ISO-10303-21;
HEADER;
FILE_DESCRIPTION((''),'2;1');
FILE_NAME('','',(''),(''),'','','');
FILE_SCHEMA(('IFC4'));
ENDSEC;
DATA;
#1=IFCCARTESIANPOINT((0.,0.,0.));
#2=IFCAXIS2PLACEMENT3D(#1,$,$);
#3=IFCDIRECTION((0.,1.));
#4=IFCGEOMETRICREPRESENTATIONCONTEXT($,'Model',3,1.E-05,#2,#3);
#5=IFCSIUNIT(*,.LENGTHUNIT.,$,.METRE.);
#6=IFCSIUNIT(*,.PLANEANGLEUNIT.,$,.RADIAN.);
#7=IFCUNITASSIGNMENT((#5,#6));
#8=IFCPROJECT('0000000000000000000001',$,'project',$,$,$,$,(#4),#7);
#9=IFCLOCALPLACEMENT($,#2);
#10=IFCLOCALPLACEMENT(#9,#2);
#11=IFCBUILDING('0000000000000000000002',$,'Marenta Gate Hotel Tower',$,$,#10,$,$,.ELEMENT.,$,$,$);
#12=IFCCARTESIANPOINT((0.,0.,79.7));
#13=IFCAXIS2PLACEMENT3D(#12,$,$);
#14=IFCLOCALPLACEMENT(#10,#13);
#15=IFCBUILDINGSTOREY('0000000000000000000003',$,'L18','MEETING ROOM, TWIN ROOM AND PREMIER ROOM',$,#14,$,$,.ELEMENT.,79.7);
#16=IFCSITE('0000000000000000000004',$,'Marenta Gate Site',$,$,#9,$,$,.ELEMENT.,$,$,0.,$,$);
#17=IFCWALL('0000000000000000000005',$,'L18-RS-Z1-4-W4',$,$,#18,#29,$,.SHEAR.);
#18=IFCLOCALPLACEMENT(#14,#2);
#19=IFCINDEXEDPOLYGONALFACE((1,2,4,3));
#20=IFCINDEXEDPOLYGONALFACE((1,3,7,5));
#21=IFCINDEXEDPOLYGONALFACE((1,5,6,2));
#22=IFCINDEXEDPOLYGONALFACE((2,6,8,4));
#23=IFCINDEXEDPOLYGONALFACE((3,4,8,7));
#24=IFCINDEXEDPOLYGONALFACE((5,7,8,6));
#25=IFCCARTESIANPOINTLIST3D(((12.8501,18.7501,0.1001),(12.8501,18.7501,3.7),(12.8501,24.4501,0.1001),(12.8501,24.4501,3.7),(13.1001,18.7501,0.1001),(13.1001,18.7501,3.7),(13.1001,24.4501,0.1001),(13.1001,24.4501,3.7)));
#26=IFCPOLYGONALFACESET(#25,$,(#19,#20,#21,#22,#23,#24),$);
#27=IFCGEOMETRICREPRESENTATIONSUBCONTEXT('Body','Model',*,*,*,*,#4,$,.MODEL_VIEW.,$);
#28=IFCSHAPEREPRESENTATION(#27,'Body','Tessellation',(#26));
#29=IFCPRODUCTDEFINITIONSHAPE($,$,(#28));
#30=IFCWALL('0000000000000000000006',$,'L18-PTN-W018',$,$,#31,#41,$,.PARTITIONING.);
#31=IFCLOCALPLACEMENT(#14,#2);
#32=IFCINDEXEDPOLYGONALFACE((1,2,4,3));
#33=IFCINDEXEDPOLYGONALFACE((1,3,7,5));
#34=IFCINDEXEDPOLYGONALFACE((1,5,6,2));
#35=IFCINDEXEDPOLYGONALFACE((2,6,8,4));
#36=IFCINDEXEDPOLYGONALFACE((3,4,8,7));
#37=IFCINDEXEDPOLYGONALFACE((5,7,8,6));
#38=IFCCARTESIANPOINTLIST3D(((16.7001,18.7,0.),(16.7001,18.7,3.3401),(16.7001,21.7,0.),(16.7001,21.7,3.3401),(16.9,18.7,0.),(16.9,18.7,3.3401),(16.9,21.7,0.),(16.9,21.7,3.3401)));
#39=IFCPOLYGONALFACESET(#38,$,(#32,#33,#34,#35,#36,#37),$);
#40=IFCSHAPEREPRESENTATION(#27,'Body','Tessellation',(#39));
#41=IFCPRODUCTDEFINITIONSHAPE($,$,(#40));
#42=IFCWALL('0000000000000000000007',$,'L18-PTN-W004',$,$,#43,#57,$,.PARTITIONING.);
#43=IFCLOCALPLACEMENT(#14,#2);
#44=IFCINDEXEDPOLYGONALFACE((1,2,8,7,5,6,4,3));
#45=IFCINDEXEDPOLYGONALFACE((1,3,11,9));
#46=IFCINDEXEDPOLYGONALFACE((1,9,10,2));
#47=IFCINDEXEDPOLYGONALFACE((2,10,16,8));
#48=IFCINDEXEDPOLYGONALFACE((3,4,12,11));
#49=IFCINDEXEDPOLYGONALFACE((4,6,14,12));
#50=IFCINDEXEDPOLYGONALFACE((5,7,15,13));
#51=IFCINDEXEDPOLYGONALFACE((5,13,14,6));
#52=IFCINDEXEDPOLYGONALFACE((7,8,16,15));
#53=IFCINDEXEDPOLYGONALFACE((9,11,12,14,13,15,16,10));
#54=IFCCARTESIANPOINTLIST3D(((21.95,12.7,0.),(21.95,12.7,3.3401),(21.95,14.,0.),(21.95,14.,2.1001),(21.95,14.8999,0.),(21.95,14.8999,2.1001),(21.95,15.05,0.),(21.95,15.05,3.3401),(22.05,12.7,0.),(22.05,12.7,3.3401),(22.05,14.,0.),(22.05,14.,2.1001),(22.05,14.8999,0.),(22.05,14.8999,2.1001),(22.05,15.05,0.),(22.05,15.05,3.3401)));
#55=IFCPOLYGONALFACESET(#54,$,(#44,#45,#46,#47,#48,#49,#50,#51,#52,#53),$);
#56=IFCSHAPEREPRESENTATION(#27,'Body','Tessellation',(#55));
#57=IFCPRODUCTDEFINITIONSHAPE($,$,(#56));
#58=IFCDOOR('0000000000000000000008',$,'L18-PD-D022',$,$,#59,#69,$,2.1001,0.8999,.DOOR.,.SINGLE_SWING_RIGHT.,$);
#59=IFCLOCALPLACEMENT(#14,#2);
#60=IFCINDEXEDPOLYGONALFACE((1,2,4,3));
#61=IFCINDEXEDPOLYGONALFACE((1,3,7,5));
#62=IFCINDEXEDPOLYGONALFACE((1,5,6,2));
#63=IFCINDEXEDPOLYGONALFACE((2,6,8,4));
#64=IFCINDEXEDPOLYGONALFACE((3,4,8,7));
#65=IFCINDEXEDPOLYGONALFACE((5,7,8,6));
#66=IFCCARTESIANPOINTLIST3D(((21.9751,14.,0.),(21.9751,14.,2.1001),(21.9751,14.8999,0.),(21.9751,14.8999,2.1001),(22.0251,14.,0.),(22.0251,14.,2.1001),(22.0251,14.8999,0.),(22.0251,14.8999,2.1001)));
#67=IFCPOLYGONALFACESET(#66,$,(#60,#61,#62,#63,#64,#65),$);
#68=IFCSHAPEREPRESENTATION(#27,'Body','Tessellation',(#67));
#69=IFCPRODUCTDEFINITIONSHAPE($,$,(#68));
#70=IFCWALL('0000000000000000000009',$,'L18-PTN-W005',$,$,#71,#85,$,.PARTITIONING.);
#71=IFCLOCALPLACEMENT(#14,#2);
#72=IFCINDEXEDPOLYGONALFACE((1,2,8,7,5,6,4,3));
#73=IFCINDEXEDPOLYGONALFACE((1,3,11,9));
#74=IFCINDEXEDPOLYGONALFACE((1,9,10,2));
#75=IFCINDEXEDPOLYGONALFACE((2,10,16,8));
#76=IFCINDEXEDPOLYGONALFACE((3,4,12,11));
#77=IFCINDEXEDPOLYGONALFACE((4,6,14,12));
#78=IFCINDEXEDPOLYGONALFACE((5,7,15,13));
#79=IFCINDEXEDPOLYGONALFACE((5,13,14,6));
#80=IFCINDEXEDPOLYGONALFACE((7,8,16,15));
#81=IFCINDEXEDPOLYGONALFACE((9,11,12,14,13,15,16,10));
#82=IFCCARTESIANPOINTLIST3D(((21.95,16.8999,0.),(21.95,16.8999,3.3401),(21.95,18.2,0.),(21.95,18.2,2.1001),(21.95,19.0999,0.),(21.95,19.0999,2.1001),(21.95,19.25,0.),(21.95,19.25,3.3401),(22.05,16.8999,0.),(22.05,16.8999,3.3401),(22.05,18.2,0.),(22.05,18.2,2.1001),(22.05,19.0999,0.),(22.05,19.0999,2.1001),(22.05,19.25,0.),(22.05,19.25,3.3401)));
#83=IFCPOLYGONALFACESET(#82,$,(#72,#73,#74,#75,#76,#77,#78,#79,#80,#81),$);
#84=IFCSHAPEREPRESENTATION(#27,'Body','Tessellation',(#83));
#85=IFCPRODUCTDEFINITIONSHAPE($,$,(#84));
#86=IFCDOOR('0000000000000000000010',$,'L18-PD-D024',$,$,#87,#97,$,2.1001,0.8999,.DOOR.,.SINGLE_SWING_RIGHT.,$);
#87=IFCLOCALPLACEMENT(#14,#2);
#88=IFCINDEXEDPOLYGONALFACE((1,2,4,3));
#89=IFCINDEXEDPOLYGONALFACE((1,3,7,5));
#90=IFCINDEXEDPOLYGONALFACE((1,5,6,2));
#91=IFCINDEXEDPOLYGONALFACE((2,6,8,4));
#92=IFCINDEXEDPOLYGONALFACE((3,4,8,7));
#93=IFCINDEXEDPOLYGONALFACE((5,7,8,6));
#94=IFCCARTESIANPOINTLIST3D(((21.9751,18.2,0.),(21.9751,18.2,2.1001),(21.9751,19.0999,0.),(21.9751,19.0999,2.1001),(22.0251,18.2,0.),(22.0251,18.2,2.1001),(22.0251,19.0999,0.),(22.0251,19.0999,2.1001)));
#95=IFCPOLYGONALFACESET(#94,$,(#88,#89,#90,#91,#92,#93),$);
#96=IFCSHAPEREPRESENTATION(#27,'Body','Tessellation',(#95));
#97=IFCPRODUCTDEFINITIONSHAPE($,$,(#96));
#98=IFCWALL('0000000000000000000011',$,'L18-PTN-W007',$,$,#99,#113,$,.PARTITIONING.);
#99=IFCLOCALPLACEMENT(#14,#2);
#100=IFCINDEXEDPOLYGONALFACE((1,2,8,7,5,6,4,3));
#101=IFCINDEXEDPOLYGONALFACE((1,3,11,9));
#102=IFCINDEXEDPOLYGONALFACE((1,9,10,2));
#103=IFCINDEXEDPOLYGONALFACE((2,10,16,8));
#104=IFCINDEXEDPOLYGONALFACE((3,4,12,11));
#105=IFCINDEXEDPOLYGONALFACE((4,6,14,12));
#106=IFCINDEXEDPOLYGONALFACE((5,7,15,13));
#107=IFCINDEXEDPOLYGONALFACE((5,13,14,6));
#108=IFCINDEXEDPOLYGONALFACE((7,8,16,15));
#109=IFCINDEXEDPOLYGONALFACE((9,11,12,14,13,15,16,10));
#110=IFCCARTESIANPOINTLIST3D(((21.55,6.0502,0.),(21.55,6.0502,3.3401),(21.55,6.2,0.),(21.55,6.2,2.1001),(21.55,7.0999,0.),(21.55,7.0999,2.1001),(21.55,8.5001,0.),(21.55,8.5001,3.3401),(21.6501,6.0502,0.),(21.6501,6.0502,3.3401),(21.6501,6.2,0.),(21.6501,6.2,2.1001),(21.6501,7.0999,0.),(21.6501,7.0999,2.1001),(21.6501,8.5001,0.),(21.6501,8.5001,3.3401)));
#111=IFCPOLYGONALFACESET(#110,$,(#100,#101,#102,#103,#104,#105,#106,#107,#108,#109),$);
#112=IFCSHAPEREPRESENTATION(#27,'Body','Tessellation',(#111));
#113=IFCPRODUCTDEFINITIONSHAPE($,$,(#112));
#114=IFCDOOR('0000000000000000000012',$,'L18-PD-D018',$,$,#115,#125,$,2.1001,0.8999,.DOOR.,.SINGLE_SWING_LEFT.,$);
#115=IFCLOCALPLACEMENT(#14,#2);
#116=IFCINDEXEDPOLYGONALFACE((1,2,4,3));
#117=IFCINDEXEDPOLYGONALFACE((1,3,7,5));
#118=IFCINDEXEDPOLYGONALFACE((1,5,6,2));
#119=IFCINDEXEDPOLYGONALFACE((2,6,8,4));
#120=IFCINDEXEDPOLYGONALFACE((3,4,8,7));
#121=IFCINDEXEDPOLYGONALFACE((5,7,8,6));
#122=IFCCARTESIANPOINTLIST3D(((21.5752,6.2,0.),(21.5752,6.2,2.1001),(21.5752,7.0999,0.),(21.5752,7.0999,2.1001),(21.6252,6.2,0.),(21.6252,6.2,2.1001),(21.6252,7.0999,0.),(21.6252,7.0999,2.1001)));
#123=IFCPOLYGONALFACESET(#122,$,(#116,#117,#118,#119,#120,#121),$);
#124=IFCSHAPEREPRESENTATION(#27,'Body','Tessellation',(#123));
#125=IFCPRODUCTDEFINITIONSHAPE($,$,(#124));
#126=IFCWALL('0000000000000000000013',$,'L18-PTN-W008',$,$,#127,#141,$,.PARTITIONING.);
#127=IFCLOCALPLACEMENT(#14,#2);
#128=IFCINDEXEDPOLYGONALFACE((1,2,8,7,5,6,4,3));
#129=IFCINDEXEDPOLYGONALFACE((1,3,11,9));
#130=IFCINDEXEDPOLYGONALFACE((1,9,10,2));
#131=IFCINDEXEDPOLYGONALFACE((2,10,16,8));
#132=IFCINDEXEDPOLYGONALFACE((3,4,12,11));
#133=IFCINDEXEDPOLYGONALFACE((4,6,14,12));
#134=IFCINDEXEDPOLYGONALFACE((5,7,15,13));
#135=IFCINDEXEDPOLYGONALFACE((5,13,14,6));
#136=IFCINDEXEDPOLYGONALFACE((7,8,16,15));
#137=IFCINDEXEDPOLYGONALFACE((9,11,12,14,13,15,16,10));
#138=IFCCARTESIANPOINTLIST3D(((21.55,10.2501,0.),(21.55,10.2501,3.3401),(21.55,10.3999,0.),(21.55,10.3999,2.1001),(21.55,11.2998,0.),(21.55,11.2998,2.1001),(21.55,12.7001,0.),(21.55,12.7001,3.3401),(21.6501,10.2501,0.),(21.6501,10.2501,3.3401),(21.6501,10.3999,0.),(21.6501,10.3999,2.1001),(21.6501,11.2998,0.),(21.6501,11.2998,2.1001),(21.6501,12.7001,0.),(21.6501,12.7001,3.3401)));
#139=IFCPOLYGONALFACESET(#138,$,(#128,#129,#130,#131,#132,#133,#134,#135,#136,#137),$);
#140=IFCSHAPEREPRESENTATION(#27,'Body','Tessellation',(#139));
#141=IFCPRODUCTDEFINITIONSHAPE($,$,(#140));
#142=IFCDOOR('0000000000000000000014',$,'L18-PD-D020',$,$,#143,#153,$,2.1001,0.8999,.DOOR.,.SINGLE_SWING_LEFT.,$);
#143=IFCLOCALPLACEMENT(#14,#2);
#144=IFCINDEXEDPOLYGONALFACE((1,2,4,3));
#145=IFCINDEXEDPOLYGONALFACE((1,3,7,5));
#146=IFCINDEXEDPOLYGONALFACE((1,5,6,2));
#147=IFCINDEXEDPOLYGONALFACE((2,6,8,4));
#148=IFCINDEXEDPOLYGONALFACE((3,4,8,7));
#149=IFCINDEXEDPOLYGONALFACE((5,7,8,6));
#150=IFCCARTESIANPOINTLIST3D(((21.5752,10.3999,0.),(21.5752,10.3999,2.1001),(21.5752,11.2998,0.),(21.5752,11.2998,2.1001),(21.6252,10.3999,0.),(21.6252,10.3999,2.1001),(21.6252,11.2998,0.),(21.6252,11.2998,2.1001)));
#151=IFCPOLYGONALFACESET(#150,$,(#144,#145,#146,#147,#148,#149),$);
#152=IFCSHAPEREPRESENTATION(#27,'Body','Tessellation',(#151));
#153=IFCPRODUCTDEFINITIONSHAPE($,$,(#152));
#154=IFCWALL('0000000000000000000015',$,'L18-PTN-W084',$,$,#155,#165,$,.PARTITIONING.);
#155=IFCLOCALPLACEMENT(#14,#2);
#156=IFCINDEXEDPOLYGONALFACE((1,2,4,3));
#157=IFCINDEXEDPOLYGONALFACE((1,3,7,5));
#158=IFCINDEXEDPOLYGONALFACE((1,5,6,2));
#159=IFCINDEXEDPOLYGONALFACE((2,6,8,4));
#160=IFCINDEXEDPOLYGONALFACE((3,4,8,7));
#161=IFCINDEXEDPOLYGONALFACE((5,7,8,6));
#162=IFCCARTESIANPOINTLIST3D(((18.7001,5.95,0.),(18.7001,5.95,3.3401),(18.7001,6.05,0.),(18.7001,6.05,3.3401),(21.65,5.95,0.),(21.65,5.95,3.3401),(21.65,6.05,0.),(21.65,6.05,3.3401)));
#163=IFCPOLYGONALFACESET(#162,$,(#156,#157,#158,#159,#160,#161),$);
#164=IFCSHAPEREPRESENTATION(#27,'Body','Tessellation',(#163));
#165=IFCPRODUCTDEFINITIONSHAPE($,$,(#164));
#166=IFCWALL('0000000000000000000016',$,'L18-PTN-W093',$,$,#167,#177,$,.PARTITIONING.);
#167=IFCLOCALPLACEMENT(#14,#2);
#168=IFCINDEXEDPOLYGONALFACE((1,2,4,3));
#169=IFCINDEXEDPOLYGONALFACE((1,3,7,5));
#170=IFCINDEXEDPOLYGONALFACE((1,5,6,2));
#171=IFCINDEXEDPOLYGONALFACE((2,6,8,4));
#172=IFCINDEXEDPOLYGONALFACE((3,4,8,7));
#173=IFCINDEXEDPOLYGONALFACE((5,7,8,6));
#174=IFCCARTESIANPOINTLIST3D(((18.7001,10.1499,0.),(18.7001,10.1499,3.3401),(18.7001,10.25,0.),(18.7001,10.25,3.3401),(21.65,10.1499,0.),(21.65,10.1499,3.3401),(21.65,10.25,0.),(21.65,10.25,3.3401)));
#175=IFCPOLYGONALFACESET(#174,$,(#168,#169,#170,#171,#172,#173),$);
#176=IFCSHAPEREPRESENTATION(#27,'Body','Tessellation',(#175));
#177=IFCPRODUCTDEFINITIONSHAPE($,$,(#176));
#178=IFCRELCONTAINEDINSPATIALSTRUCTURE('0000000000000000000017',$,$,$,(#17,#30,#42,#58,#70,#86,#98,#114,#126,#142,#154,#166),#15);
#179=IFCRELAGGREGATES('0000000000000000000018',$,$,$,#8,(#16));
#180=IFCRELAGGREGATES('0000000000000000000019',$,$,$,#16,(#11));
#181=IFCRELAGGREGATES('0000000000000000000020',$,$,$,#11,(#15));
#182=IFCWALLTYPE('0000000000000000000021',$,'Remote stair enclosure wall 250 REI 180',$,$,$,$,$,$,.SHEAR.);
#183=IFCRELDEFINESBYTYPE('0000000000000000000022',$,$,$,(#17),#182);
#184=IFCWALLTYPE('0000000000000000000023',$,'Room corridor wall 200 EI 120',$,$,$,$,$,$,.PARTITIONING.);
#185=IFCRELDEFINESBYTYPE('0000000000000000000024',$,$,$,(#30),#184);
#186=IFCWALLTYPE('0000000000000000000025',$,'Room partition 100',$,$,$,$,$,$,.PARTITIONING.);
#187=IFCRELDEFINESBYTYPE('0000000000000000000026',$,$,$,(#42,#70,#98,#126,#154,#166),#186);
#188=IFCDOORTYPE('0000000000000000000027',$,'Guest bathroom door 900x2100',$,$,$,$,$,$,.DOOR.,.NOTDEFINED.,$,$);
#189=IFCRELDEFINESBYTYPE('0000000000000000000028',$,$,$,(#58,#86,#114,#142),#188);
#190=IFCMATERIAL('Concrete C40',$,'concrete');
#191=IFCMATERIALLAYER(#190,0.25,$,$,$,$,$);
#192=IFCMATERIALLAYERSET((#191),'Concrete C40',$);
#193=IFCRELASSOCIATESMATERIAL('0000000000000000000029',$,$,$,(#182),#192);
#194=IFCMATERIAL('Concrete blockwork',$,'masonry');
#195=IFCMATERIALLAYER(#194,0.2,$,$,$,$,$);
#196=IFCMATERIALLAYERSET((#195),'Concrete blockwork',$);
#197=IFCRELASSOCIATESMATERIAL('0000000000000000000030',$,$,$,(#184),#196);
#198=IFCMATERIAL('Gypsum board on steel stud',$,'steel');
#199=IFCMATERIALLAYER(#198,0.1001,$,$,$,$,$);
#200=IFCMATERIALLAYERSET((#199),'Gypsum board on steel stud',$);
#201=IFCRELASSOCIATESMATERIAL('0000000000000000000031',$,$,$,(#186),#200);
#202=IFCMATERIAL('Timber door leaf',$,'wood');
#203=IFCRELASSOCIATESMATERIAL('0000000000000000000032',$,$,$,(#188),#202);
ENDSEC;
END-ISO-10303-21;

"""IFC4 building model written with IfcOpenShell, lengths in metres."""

from ifc_helpers import new_model, si_unit, direction, frame, frame_2d, origin, place, context, subcontext, project, spatial, rectangle, extrude, material, layer, layer_set, type_object, element, fill, save


model = new_model("IFC4")

# Units and contexts
model_context = context("Model", 3, precision=1e-05, world=origin(), true_north=direction((0.0, 1.0)))
body_context = subcontext(model_context, "Body", "Model", "MODEL_VIEW")
ifc_project = project(units=[si_unit("LENGTHUNIT", "METRE"), si_unit("PLANEANGLEUNIT", "RADIAN")], contexts=[model_context])

# Site, building, storey
site_placement = place(None, origin())
site = spatial("IfcSite", under=ifc_project, at=site_placement, Name="Marenta Gate Site", CompositionType="ELEMENT", RefElevation=0.0)
building_placement = place(site_placement, origin())
building = spatial("IfcBuilding", under=site, at=building_placement, Name="Marenta Gate Hotel Tower", CompositionType="ELEMENT")
storey_placement = place(building_placement, frame((0.0, 0.0, 79.7)))
storey = spatial("IfcBuildingStorey", under=building, at=storey_placement, Name="L18", Description="MEETING ROOM, TWIN ROOM AND PREMIER ROOM", CompositionType="ELEMENT", Elevation=79.7)

# Walls
ifc_material_1 = material(Name="Concrete C40", Category="concrete")
ifc_layer_1 = layer(ifc_material_1, 0.25)
ifc_layer_set_1 = layer_set([ifc_layer_1], Name="Concrete C40")
wall_type_1 = type_object("IfcWallType", Name="Remote stair enclosure wall 250 REI 180", PredefinedType="SHEAR", material=ifc_layer_set_1)
wall_1_placement = place(storey_placement, frame((12.9751, 18.75, 0.1001), z_axis=(0.0, 0.0, 1.0), x_axis=(0.0, 1.0, 0.0)))
element("IfcWall", 1, at=wall_1_placement, inside=storey, type_object=wall_type_1, Name="L18-RS-Z1-4-W4", PredefinedType="SHEAR", context=body_context, shape_type="SweptSolid", body=[
    extrude(rectangle(XDim=5.7, YDim=0.25, at=frame_2d((2.8501, 0.0))), origin(), (0.0, 0.0, 1.0), 3.5999),
])
ifc_material_2 = material(Name="Concrete blockwork", Category="masonry")
ifc_layer_2 = layer(ifc_material_2, 0.2)
ifc_layer_set_2 = layer_set([ifc_layer_2], Name="Concrete blockwork")
wall_type_2 = type_object("IfcWallType", Name="Room corridor wall 200 EI 120", PredefinedType="PARTITIONING", material=ifc_layer_set_2)
wall_2_placement = place(storey_placement, frame((16.8, 18.7, 0.0), z_axis=(0.0, 0.0, 1.0), x_axis=(0.0, 1.0, 0.0)))
element("IfcWall", 2, at=wall_2_placement, inside=storey, type_object=wall_type_2, Name="L18-PTN-W018", PredefinedType="PARTITIONING", context=body_context, shape_type="SweptSolid", body=[
    extrude(rectangle(XDim=3.0, YDim=0.2, at=frame_2d((1.5, 0.0))), origin(), (0.0, 0.0, 1.0), 3.3401),
])

# Walls, openings, doors
ifc_material_3 = material(Name="Gypsum board on steel stud", Category="steel")
ifc_layer_3 = layer(ifc_material_3, 0.1001)
ifc_layer_set_3 = layer_set([ifc_layer_3], Name="Gypsum board on steel stud")
wall_type_3 = type_object("IfcWallType", Name="Room partition 100", PredefinedType="PARTITIONING", material=ifc_layer_set_3)
wall_3_placement = place(storey_placement, frame((22.0, 12.7, 0.0), z_axis=(0.0, 0.0, 1.0), x_axis=(0.0, 1.0, 0.0)))
wall_3 = element("IfcWall", 3, at=wall_3_placement, inside=storey, type_object=wall_type_3, Name="L18-PTN-W004", PredefinedType="PARTITIONING", context=body_context, shape_type="SweptSolid", body=[
    extrude(rectangle(XDim=2.3501, YDim=0.1001, at=frame_2d((1.175, 0.0))), origin(), (0.0, 0.0, 1.0), 3.3401),
])
opening_1_placement = place(wall_3_placement, frame((1.3, 0.0, 0.0)))
opening_1 = element("IfcOpeningElement", 4, at=opening_1_placement, cuts=wall_3, PredefinedType="OPENING", context=body_context, shape_type="SweptSolid", body=[
    extrude(rectangle(XDim=0.8999, YDim=2.1001, at=frame_2d((0.45, 1.05))), frame((0.0, 0.05, 0.0), z_axis=(0.0, -1.0, 0.0), x_axis=(1.0, 0.0, 0.0)), (0.0, 0.0, 1.0), 0.1001),
])
ifc_material_4 = material(Name="Timber door leaf", Category="wood")
door_type_1 = type_object("IfcDoorType", Name="Guest bathroom door 900x2100", OperationType="NOTDEFINED", PredefinedType="DOOR", material=ifc_material_4)
door_1_placement = place(opening_1_placement, origin())
door_1 = element("IfcDoor", 5, at=door_1_placement, inside=storey, type_object=door_type_1, Name="L18-PD-D022", OperationType="SINGLE_SWING_RIGHT", OverallHeight=2.1001, OverallWidth=0.8999, PredefinedType="DOOR", context=body_context, shape_type="SweptSolid", body=[
    extrude(rectangle(XDim=0.8999, YDim=2.1001, at=frame_2d((0.45, 1.05))), frame((0.0, 0.0249, 0.0), z_axis=(0.0, -1.0, 0.0), x_axis=(1.0, 0.0, 0.0)), (0.0, 0.0, 1.0), 0.05),
])
fill(opening_1, door_1)
wall_4_placement = place(storey_placement, frame((22.0, 16.8999, 0.0), z_axis=(0.0, 0.0, 1.0), x_axis=(0.0, 1.0, 0.0)))
wall_4 = element("IfcWall", 6, at=wall_4_placement, inside=storey, type_object=wall_type_3, Name="L18-PTN-W005", PredefinedType="PARTITIONING", context=body_context, shape_type="SweptSolid", body=[
    extrude(rectangle(XDim=2.3501, YDim=0.1001, at=frame_2d((1.175, 0.0))), origin(), (0.0, 0.0, 1.0), 3.3401),
])
opening_2_placement = place(wall_4_placement, frame((1.3, 0.0, 0.0)))
opening_2 = element("IfcOpeningElement", 7, at=opening_2_placement, cuts=wall_4, PredefinedType="OPENING", context=body_context, shape_type="SweptSolid", body=[
    extrude(rectangle(XDim=0.8999, YDim=2.1001, at=frame_2d((0.45, 1.05))), frame((0.0, 0.05, 0.0), z_axis=(0.0, -1.0, 0.0), x_axis=(1.0, 0.0, 0.0)), (0.0, 0.0, 1.0), 0.1001),
])
door_2_placement = place(opening_2_placement, origin())
door_2 = element("IfcDoor", 8, at=door_2_placement, inside=storey, type_object=door_type_1, Name="L18-PD-D024", OperationType="SINGLE_SWING_RIGHT", OverallHeight=2.1001, OverallWidth=0.8999, PredefinedType="DOOR", context=body_context, shape_type="SweptSolid", body=[
    extrude(rectangle(XDim=0.8999, YDim=2.1001, at=frame_2d((0.45, 1.05))), frame((0.0, 0.0249, 0.0), z_axis=(0.0, -1.0, 0.0), x_axis=(1.0, 0.0, 0.0)), (0.0, 0.0, 1.0), 0.05),
])
fill(opening_2, door_2)
wall_5_placement = place(storey_placement, frame((21.6001, 6.05, 0.0), z_axis=(0.0, 0.0, 1.0), x_axis=(0.0, 1.0, 0.0)))
wall_5 = element("IfcWall", 9, at=wall_5_placement, inside=storey, type_object=wall_type_3, Name="L18-PTN-W007", PredefinedType="PARTITIONING", context=body_context, shape_type="SweptSolid", body=[
    extrude(rectangle(XDim=2.45, YDim=0.1001, at=frame_2d((1.2251, 0.0))), origin(), (0.0, 0.0, 1.0), 3.3401),
])
opening_3_placement = place(wall_5_placement, frame((0.1499, 0.0, 0.0)))
opening_3 = element("IfcOpeningElement", 10, at=opening_3_placement, cuts=wall_5, PredefinedType="OPENING", context=body_context, shape_type="SweptSolid", body=[
    extrude(rectangle(XDim=0.8999, YDim=2.1001, at=frame_2d((0.45, 1.05))), frame((0.0, 0.05, 0.0), z_axis=(0.0, -1.0, 0.0), x_axis=(1.0, 0.0, 0.0)), (0.0, 0.0, 1.0), 0.1001),
])
door_3_placement = place(opening_3_placement, origin())
door_3 = element("IfcDoor", 11, at=door_3_placement, inside=storey, type_object=door_type_1, Name="L18-PD-D018", OperationType="SINGLE_SWING_LEFT", OverallHeight=2.1001, OverallWidth=0.8999, PredefinedType="DOOR", context=body_context, shape_type="SweptSolid", body=[
    extrude(rectangle(XDim=0.8999, YDim=2.1001, at=frame_2d((0.45, 1.05))), frame((0.0, 0.0249, 0.0), z_axis=(0.0, -1.0, 0.0), x_axis=(1.0, 0.0, 0.0)), (0.0, 0.0, 1.0), 0.05),
])
fill(opening_3, door_3)
wall_6_placement = place(storey_placement, frame((21.6001, 10.25, 0.0), z_axis=(0.0, 0.0, 1.0), x_axis=(0.0, 1.0, 0.0)))
wall_6 = element("IfcWall", 12, at=wall_6_placement, inside=storey, type_object=wall_type_3, Name="L18-PTN-W008", PredefinedType="PARTITIONING", context=body_context, shape_type="SweptSolid", body=[
    extrude(rectangle(XDim=2.45, YDim=0.1001, at=frame_2d((1.2251, 0.0))), origin(), (0.0, 0.0, 1.0), 3.3401),
])
opening_4_placement = place(wall_6_placement, frame((0.1499, 0.0, 0.0)))
opening_4 = element("IfcOpeningElement", 13, at=opening_4_placement, cuts=wall_6, PredefinedType="OPENING", context=body_context, shape_type="SweptSolid", body=[
    extrude(rectangle(XDim=0.8999, YDim=2.1001, at=frame_2d((0.45, 1.05))), frame((0.0, 0.05, 0.0), z_axis=(0.0, -1.0, 0.0), x_axis=(1.0, 0.0, 0.0)), (0.0, 0.0, 1.0), 0.1001),
])
door_4_placement = place(opening_4_placement, origin())
door_4 = element("IfcDoor", 14, at=door_4_placement, inside=storey, type_object=door_type_1, Name="L18-PD-D020", OperationType="SINGLE_SWING_LEFT", OverallHeight=2.1001, OverallWidth=0.8999, PredefinedType="DOOR", context=body_context, shape_type="SweptSolid", body=[
    extrude(rectangle(XDim=0.8999, YDim=2.1001, at=frame_2d((0.45, 1.05))), frame((0.0, 0.0249, 0.0), z_axis=(0.0, -1.0, 0.0), x_axis=(1.0, 0.0, 0.0)), (0.0, 0.0, 1.0), 0.05),
])
fill(opening_4, door_4)

# Walls
for number, where, z_axis, x_axis, name in (
    (15, (18.7, 6.0, 0.0), (0.0, 0.0, 1.0), (1.0, 0.0, 0.0), "L18-PTN-W084"),
    (16, (18.7, 10.2, 0.0), (0.0, 0.0, 1.0), (1.0, 0.0, 0.0), "L18-PTN-W093"),
):
    element("IfcWall", number, at=place(storey_placement, frame(where, z_axis=z_axis, x_axis=x_axis)), inside=storey, type_object=wall_type_3, Name=name, PredefinedType="PARTITIONING", context=body_context, shape_type="SweptSolid", body=[
        extrude(rectangle(XDim=2.95, YDim=0.1001, at=frame_2d((1.4751, 0.0))), origin(), (0.0, 0.0, 1.0), 3.3401),
    ])

save(model, "model.ifc")
